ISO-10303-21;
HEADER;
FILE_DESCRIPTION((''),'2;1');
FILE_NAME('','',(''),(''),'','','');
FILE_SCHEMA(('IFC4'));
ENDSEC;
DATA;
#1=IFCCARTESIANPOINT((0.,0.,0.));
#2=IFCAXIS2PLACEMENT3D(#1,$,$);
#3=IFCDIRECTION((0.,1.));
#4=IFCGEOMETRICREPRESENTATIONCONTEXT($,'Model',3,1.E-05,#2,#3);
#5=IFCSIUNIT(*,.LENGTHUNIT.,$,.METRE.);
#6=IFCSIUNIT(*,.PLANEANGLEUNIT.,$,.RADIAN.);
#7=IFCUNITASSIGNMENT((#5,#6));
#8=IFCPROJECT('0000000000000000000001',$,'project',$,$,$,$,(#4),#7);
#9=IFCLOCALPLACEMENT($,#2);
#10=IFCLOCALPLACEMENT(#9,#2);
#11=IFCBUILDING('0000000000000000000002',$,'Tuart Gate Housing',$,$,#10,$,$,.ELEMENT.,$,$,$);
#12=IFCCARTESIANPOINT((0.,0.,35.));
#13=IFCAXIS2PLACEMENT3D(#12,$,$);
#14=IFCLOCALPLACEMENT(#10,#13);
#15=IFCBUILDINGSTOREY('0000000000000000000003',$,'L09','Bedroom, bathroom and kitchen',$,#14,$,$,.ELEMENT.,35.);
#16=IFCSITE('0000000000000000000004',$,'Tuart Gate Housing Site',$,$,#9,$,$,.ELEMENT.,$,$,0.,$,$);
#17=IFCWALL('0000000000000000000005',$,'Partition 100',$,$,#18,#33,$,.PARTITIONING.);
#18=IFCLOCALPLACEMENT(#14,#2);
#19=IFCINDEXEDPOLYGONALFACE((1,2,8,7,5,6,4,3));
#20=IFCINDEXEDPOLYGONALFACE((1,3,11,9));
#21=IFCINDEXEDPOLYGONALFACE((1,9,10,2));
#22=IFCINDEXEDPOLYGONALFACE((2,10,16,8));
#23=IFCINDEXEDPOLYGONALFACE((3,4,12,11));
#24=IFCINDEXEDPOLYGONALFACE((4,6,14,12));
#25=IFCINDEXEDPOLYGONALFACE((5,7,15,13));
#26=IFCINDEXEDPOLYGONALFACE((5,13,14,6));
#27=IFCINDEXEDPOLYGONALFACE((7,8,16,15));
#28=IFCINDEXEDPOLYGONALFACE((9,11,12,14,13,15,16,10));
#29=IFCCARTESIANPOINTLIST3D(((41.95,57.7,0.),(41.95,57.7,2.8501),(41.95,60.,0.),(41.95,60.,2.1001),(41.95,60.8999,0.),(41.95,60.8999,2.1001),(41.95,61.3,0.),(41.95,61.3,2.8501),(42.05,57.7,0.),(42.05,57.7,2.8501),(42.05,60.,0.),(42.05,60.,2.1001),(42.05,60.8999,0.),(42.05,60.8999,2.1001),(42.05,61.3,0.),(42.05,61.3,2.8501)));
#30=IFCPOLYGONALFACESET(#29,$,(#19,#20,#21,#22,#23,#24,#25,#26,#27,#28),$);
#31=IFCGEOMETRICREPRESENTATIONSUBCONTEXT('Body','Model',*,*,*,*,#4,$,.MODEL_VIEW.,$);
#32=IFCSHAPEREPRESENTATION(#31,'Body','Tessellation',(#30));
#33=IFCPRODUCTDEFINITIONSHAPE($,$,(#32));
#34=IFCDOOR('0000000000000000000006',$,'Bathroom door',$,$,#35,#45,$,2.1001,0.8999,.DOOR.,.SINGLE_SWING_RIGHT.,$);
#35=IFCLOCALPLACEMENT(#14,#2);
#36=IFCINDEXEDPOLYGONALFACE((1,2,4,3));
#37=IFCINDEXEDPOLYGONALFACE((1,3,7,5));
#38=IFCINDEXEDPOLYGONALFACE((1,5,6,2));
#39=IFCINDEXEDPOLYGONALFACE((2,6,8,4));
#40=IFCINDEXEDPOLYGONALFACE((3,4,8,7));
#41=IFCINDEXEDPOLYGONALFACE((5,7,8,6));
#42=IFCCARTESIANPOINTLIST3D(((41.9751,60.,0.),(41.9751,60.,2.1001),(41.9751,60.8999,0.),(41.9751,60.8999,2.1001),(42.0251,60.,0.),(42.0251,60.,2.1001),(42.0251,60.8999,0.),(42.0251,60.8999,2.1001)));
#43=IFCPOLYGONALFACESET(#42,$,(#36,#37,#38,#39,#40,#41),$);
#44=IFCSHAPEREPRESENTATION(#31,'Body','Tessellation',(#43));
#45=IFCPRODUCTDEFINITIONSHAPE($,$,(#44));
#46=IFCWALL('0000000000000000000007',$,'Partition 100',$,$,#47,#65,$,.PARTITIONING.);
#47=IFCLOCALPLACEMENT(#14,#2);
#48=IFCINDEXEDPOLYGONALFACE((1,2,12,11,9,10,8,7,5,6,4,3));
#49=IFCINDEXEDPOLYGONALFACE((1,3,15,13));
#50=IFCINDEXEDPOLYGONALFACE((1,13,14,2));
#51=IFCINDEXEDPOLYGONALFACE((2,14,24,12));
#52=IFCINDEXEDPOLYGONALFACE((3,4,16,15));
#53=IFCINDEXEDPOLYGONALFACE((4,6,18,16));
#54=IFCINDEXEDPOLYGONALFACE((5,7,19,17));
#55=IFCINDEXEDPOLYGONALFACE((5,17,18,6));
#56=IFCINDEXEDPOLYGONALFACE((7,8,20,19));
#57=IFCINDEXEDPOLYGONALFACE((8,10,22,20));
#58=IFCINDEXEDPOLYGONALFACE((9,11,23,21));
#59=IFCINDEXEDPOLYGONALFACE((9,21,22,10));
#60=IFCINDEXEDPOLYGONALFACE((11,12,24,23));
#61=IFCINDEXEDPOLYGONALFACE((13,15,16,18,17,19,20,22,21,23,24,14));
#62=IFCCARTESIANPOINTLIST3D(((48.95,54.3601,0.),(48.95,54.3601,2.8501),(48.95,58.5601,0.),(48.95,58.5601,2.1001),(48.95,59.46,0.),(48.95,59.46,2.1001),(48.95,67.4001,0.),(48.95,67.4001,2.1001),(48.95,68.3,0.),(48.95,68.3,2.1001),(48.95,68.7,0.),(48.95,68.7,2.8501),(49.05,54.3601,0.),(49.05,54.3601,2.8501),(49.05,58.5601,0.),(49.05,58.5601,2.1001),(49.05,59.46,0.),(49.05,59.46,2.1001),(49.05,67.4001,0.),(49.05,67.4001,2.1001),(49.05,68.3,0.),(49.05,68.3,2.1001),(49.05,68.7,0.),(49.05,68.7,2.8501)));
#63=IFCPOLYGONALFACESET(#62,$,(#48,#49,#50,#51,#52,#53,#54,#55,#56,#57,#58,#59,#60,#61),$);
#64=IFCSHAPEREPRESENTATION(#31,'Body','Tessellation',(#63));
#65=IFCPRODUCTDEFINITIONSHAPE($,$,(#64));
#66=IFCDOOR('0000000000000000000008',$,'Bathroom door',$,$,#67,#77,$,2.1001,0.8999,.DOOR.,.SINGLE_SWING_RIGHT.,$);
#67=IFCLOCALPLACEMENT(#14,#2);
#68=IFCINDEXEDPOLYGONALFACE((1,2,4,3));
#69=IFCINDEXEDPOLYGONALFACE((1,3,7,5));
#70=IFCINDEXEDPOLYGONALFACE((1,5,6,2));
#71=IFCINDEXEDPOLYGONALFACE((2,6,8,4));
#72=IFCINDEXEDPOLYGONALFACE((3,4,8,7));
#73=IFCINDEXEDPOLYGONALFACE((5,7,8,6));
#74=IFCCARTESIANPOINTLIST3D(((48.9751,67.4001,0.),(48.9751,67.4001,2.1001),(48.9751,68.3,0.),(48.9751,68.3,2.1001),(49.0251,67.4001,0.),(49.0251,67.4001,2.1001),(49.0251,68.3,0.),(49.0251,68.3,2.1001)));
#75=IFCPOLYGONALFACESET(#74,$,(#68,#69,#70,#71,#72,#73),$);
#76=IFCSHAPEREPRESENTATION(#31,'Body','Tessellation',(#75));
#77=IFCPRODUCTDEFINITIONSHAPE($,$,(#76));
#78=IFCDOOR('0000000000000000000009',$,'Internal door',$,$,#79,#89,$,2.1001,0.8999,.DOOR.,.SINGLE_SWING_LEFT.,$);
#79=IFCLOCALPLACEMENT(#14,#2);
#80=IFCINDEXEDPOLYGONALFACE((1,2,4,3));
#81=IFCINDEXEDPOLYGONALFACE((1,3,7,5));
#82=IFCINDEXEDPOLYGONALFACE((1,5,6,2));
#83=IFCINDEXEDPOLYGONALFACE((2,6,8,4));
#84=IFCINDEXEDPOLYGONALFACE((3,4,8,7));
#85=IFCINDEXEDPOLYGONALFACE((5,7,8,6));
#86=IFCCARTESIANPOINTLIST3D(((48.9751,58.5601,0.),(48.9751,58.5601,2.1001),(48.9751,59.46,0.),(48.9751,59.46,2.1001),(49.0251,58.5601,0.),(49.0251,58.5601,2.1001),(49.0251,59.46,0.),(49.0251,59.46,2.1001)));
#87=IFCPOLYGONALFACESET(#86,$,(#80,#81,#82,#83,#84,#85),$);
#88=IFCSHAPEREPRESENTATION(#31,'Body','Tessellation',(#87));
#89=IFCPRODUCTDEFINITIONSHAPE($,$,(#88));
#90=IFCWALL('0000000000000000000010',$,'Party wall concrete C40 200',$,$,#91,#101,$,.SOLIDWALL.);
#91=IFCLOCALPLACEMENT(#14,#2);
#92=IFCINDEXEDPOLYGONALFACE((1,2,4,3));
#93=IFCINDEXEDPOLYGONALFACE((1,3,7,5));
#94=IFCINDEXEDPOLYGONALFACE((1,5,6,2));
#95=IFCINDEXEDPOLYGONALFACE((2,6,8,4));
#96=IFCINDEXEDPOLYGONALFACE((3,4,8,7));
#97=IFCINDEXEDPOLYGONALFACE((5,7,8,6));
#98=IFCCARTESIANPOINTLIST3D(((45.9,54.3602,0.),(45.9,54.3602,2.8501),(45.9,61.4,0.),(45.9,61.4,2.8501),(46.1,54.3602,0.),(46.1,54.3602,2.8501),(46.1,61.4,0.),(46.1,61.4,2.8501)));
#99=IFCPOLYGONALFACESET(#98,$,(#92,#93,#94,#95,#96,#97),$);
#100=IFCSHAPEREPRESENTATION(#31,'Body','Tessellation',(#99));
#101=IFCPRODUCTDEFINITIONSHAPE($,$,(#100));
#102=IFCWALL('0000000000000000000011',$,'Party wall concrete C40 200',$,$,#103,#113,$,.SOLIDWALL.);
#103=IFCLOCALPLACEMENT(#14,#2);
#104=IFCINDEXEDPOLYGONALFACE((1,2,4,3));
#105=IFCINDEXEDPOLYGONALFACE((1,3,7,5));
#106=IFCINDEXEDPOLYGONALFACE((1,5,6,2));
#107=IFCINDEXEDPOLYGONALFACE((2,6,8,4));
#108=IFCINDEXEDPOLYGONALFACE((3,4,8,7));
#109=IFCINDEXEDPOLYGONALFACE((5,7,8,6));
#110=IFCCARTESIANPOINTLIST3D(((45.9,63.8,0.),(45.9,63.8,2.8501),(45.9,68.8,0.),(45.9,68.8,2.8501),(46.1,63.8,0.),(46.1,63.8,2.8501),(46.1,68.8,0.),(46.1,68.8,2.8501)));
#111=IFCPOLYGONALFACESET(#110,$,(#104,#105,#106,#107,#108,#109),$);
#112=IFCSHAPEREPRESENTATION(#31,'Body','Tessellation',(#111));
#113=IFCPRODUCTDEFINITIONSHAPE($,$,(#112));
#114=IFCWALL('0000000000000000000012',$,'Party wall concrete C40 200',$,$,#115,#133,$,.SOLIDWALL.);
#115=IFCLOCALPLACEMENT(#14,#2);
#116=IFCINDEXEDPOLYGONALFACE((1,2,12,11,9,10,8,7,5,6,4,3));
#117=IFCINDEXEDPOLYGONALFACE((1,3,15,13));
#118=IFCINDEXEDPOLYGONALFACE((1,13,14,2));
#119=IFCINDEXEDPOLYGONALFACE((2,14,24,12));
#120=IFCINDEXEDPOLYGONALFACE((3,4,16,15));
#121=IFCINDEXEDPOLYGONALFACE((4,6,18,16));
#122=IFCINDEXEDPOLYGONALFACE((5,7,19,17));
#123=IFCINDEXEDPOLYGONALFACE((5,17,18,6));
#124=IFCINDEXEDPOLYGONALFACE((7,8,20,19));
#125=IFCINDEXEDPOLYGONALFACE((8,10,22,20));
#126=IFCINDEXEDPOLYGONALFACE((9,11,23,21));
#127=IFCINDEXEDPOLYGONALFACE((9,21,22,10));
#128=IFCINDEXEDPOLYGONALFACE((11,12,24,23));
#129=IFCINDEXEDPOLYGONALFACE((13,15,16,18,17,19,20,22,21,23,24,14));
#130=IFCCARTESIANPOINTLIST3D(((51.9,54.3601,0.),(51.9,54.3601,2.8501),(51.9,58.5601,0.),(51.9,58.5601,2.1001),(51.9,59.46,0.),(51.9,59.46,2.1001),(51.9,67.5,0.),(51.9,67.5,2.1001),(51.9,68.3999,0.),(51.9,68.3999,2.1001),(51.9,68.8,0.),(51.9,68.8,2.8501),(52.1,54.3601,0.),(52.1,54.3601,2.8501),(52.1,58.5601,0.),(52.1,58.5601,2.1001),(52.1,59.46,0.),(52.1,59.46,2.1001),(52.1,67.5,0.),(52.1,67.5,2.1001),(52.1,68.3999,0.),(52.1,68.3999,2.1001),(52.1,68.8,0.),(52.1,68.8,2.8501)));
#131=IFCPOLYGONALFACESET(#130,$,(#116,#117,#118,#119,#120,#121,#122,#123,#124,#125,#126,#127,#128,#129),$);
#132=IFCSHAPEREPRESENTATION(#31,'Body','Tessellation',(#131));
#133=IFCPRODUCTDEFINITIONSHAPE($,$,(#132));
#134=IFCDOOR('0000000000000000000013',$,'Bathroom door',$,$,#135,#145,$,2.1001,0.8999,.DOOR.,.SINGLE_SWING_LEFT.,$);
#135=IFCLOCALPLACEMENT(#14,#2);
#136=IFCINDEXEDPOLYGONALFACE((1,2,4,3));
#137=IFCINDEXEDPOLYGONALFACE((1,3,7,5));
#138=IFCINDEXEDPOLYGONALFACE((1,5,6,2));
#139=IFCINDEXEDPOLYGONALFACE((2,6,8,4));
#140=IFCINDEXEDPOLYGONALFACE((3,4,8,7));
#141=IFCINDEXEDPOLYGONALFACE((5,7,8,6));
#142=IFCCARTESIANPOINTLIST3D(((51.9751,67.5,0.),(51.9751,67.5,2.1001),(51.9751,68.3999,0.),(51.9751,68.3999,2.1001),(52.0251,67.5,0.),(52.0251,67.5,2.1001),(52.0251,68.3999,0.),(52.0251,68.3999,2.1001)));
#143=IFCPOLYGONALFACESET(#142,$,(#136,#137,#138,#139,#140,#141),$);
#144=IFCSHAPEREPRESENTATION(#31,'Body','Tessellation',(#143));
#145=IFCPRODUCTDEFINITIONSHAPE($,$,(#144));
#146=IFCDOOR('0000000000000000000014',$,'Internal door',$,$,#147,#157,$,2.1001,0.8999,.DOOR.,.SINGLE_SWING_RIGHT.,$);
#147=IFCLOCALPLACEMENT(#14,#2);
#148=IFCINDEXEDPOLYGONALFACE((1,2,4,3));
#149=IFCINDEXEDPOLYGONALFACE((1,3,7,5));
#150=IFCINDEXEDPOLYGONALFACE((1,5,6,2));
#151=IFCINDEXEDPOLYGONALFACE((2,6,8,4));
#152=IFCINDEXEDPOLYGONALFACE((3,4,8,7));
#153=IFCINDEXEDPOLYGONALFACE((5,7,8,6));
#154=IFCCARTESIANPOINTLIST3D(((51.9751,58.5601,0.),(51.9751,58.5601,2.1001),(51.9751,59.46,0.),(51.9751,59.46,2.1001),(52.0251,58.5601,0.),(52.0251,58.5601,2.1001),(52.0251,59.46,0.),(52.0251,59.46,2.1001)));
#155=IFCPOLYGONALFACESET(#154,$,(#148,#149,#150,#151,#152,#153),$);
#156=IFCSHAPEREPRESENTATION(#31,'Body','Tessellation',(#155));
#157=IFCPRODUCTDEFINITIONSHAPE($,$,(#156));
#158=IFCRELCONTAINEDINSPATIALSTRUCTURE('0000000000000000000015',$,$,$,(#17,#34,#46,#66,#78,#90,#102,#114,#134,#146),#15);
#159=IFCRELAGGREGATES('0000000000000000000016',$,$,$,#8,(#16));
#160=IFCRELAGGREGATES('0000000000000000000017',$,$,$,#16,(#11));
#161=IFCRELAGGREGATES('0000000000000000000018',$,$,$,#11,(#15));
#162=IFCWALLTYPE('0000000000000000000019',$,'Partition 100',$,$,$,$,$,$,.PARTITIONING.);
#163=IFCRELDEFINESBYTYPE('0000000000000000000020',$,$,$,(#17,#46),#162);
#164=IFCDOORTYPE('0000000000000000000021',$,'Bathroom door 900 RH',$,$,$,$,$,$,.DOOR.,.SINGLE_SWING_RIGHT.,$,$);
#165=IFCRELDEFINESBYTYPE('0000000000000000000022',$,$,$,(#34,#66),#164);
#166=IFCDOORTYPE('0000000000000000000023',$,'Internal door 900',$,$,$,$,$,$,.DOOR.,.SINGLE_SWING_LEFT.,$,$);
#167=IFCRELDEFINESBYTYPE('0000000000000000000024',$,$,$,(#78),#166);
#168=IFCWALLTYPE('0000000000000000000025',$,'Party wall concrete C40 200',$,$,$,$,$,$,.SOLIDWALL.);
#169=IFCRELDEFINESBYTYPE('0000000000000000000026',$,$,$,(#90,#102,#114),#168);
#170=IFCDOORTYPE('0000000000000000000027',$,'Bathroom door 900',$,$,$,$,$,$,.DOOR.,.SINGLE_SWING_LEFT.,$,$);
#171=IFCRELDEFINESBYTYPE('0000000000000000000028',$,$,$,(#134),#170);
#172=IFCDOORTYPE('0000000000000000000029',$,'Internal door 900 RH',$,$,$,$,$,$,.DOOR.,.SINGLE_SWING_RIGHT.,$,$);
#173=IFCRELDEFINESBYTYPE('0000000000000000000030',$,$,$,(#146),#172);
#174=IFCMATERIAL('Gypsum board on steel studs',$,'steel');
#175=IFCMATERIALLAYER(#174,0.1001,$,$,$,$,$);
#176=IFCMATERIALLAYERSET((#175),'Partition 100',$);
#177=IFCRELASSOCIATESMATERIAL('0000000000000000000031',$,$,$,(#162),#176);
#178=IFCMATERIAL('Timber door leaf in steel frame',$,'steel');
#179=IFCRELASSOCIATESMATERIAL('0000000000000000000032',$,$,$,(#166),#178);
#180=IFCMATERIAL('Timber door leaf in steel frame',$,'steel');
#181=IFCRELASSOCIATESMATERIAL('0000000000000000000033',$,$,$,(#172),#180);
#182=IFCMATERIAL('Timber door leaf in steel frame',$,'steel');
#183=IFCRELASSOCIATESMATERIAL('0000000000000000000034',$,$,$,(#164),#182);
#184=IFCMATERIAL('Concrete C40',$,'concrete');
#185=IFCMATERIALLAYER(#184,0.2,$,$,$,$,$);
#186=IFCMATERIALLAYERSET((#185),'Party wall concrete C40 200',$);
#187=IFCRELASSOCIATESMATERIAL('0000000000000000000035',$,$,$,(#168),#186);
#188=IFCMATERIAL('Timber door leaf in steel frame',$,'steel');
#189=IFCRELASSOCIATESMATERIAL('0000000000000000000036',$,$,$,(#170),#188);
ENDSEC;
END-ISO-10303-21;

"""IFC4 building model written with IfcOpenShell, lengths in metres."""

from ifc_helpers import new_model, si_unit, direction, frame, frame_2d, origin, place, context, subcontext, project, spatial, rectangle, extrude, material, layer, layer_set, type_object, element, fill, save


model = new_model("IFC4")

# Units and contexts
model_context = context("Model", 3, precision=1e-05, world=origin(), true_north=direction((0.0, 1.0)))
body_context = subcontext(model_context, "Body", "Model", "MODEL_VIEW")
ifc_project = project(units=[si_unit("LENGTHUNIT", "METRE"), si_unit("PLANEANGLEUNIT", "RADIAN")], contexts=[model_context])

# Site, building, storey
site_placement = place(None, origin())
site = spatial("IfcSite", under=ifc_project, at=site_placement, Name="Tuart Gate Housing Site", CompositionType="ELEMENT", RefElevation=0.0)
building_placement = place(site_placement, origin())
building = spatial("IfcBuilding", under=site, at=building_placement, Name="Tuart Gate Housing", CompositionType="ELEMENT")
storey_placement = place(building_placement, frame((0.0, 0.0, 35.0)))
storey = spatial("IfcBuildingStorey", under=building, at=storey_placement, Name="L09", Description="Bedroom, bathroom and kitchen", CompositionType="ELEMENT", Elevation=35.0)

# Shared definitions
ifc_material_1 = material(Name="Gypsum board on steel studs", Category="steel")
ifc_layer_1 = layer(ifc_material_1, 0.1001)
ifc_layer_set_1 = layer_set([ifc_layer_1], Name="Partition 100")
wall_type_1 = type_object("IfcWallType", Name="Partition 100", PredefinedType="PARTITIONING", material=ifc_layer_set_1)
ifc_material_2 = material(Name="Timber door leaf in steel frame", Category="steel")
door_type_1 = type_object("IfcDoorType", Name="Internal door 900", OperationType="SINGLE_SWING_LEFT", PredefinedType="DOOR", material=ifc_material_2)
ifc_material_3 = material(Name="Timber door leaf in steel frame", Category="steel")
door_type_2 = type_object("IfcDoorType", Name="Internal door 900 RH", OperationType="SINGLE_SWING_RIGHT", PredefinedType="DOOR", material=ifc_material_3)

# Wall, opening, door
wall_1_placement = place(storey_placement, frame((42.0, 57.7, 0.0), z_axis=(0.0, 0.0, 1.0), x_axis=(0.0, 1.0, 0.0)))
wall_1 = element("IfcWall", 1, at=wall_1_placement, inside=storey, type_object=wall_type_1, Name="Partition 100", PredefinedType="PARTITIONING", context=body_context, shape_type="SweptSolid", body=[
    extrude(rectangle(XDim=3.6001, YDim=0.1001, at=frame_2d((1.8, 0.0))), origin(), (0.0, 0.0, 1.0), 2.8501),
])
opening_1_placement = place(wall_1_placement, frame((2.3, 0.0, 0.0)))
opening_1 = element("IfcOpeningElement", 2, at=opening_1_placement, cuts=wall_1, PredefinedType="OPENING", context=body_context, shape_type="SweptSolid", body=[
    extrude(rectangle(XDim=0.8999, YDim=2.1001, at=frame_2d((0.45, 1.05))), frame((0.0, 0.0601, 0.0), z_axis=(0.0, -1.0, 0.0), x_axis=(1.0, 0.0, 0.0)), (0.0, 0.0, 1.0), 0.1201),
])
ifc_material_4 = material(Name="Timber door leaf in steel frame", Category="steel")
door_type_3 = type_object("IfcDoorType", Name="Bathroom door 900 RH", OperationType="SINGLE_SWING_RIGHT", PredefinedType="DOOR", material=ifc_material_4)
door_1_placement = place(opening_1_placement, origin())
door_1 = element("IfcDoor", 3, at=door_1_placement, inside=storey, type_object=door_type_3, Name="Bathroom door", OperationType="SINGLE_SWING_RIGHT", OverallHeight=2.1001, OverallWidth=0.8999, PredefinedType="DOOR", context=body_context, shape_type="SweptSolid", body=[
    extrude(rectangle(XDim=0.8999, YDim=2.1001, at=frame_2d((0.45, 1.05))), frame((0.0, 0.0249, 0.0), z_axis=(0.0, -1.0, 0.0), x_axis=(1.0, 0.0, 0.0)), (0.0, 0.0, 1.0), 0.05),
])
fill(opening_1, door_1)

# Wall, openings, doors
wall_2_placement = place(storey_placement, frame((49.0, 54.3601, 0.0), z_axis=(0.0, 0.0, 1.0), x_axis=(0.0, 1.0, 0.0)))
wall_2 = element("IfcWall", 4, at=wall_2_placement, inside=storey, type_object=wall_type_1, Name="Partition 100", PredefinedType="PARTITIONING", context=body_context, shape_type="SweptSolid", body=[
    extrude(rectangle(XDim=14.3398, YDim=0.1001, at=frame_2d((7.1699, 0.0))), origin(), (0.0, 0.0, 1.0), 2.8501),
])
opening_2_placement = place(wall_2_placement, frame((4.2, 0.0, 0.0)))
opening_2 = element("IfcOpeningElement", 5, at=opening_2_placement, cuts=wall_2, PredefinedType="OPENING", context=body_context, shape_type="SweptSolid", body=[
    extrude(rectangle(XDim=0.8999, YDim=2.1001, at=frame_2d((0.45, 1.05))), frame((0.0, 0.0601, 0.0), z_axis=(0.0, -1.0, 0.0), x_axis=(1.0, 0.0, 0.0)), (0.0, 0.0, 1.0), 0.1201),
])
opening_3_placement = place(wall_2_placement, frame((13.04, 0.0, 0.0)))
opening_3 = element("IfcOpeningElement", 6, at=opening_3_placement, cuts=wall_2, PredefinedType="OPENING", context=body_context, shape_type="SweptSolid", body=[
    extrude(rectangle(XDim=0.8999, YDim=2.1001, at=frame_2d((0.45, 1.05))), frame((0.0, 0.0601, 0.0), z_axis=(0.0, -1.0, 0.0), x_axis=(1.0, 0.0, 0.0)), (0.0, 0.0, 1.0), 0.1201),
])
door_2_placement = place(opening_3_placement, origin())
door_2 = element("IfcDoor", 7, at=door_2_placement, inside=storey, type_object=door_type_3, Name="Bathroom door", OperationType="SINGLE_SWING_RIGHT", OverallHeight=2.1001, OverallWidth=0.8999, PredefinedType="DOOR", context=body_context, shape_type="SweptSolid", body=[
    extrude(rectangle(XDim=0.8999, YDim=2.1001, at=frame_2d((0.45, 1.05))), frame((0.0, 0.0249, 0.0), z_axis=(0.0, -1.0, 0.0), x_axis=(1.0, 0.0, 0.0)), (0.0, 0.0, 1.0), 0.05),
])
fill(opening_3, door_2)
door_3_placement = place(opening_2_placement, origin())
door_3 = element("IfcDoor", 8, at=door_3_placement, inside=storey, type_object=door_type_1, Name="Internal door", OperationType="SINGLE_SWING_LEFT", OverallHeight=2.1001, OverallWidth=0.8999, PredefinedType="DOOR", context=body_context, shape_type="SweptSolid", body=[
    extrude(rectangle(XDim=0.8999, YDim=2.1001, at=frame_2d((0.45, 1.05))), frame((0.0, 0.0249, 0.0), z_axis=(0.0, -1.0, 0.0), x_axis=(1.0, 0.0, 0.0)), (0.0, 0.0, 1.0), 0.05),
])
fill(opening_2, door_3)

# Walls
ifc_material_5 = material(Name="Concrete C40", Category="concrete")
ifc_layer_2 = layer(ifc_material_5, 0.2)
ifc_layer_set_2 = layer_set([ifc_layer_2], Name="Party wall concrete C40 200")
wall_type_2 = type_object("IfcWallType", Name="Party wall concrete C40 200", PredefinedType="SOLIDWALL", material=ifc_layer_set_2)
wall_3_placement = place(storey_placement, frame((46.0, 54.3601, 0.0), z_axis=(0.0, 0.0, 1.0), x_axis=(0.0, 1.0, 0.0)))
element("IfcWall", 9, at=wall_3_placement, inside=storey, type_object=wall_type_2, Name="Party wall concrete C40 200", PredefinedType="SOLIDWALL", context=body_context, shape_type="SweptSolid", body=[
    extrude(rectangle(XDim=7.0398, YDim=0.2, at=frame_2d((3.52, 0.0))), origin(), (0.0, 0.0, 1.0), 2.8501),
])
wall_4_placement = place(storey_placement, frame((46.0, 63.8, 0.0), z_axis=(0.0, 0.0, 1.0), x_axis=(0.0, 1.0, 0.0)))
element("IfcWall", 10, at=wall_4_placement, inside=storey, type_object=wall_type_2, Name="Party wall concrete C40 200", PredefinedType="SOLIDWALL", context=body_context, shape_type="SweptSolid", body=[
    extrude(rectangle(XDim=5.0, YDim=0.2, at=frame_2d((2.5, 0.0))), origin(), (0.0, 0.0, 1.0), 2.8501),
])

# Wall, openings, doors
wall_5_placement = place(storey_placement, frame((52.0, 54.3601, 0.0), z_axis=(0.0, 0.0, 1.0), x_axis=(0.0, 1.0, 0.0)))
wall_5 = element("IfcWall", 11, at=wall_5_placement, inside=storey, type_object=wall_type_2, Name="Party wall concrete C40 200", PredefinedType="SOLIDWALL", context=body_context, shape_type="SweptSolid", body=[
    extrude(rectangle(XDim=14.4399, YDim=0.2, at=frame_2d((7.22, 0.0))), origin(), (0.0, 0.0, 1.0), 2.8501),
])
opening_4_placement = place(wall_5_placement, frame((4.2, 0.0, 0.0)))
opening_4 = element("IfcOpeningElement", 12, at=opening_4_placement, cuts=wall_5, PredefinedType="OPENING", context=body_context, shape_type="SweptSolid", body=[
    extrude(rectangle(XDim=0.8999, YDim=2.1001, at=frame_2d((0.45, 1.05))), frame((0.0, 0.1099, 0.0), z_axis=(0.0, -1.0, 0.0), x_axis=(1.0, 0.0, 0.0)), (0.0, 0.0, 1.0), 0.22),
])
opening_5_placement = place(wall_5_placement, frame((13.1399, 0.0, 0.0)))
opening_5 = element("IfcOpeningElement", 13, at=opening_5_placement, cuts=wall_5, PredefinedType="OPENING", context=body_context, shape_type="SweptSolid", body=[
    extrude(rectangle(XDim=0.8999, YDim=2.1001, at=frame_2d((0.45, 1.05))), frame((0.0, 0.1099, 0.0), z_axis=(0.0, -1.0, 0.0), x_axis=(1.0, 0.0, 0.0)), (0.0, 0.0, 1.0), 0.22),
])
ifc_material_6 = material(Name="Timber door leaf in steel frame", Category="steel")
door_type_4 = type_object("IfcDoorType", Name="Bathroom door 900", OperationType="SINGLE_SWING_LEFT", PredefinedType="DOOR", material=ifc_material_6)
door_4_placement = place(opening_5_placement, frame((0.8999, 0.0, 0.0), z_axis=(0.0, 0.0, 1.0), x_axis=(-1.0, 0.0, 0.0)))
door_4 = element("IfcDoor", 14, at=door_4_placement, inside=storey, type_object=door_type_4, Name="Bathroom door", OperationType="SINGLE_SWING_LEFT", OverallHeight=2.1001, OverallWidth=0.8999, PredefinedType="DOOR", context=body_context, shape_type="SweptSolid", body=[
    extrude(rectangle(XDim=0.8999, YDim=2.1001, at=frame_2d((0.45, 1.05))), frame((0.0, 0.0251, 0.0), z_axis=(0.0, -1.0, 0.0), x_axis=(1.0, 0.0, 0.0)), (0.0, 0.0, 1.0), 0.05),
])
fill(opening_5, door_4)
door_5_placement = place(opening_4_placement, frame((0.8999, 0.0, 0.0), z_axis=(0.0, 0.0, 1.0), x_axis=(-1.0, 0.0, 0.0)))
door_5 = element("IfcDoor", 15, at=door_5_placement, inside=storey, type_object=door_type_2, Name="Internal door", OperationType="SINGLE_SWING_RIGHT", OverallHeight=2.1001, OverallWidth=0.8999, PredefinedType="DOOR", context=body_context, shape_type="SweptSolid", body=[
    extrude(rectangle(XDim=0.8999, YDim=2.1001, at=frame_2d((0.45, 1.05))), frame((0.0, 0.0251, 0.0), z_axis=(0.0, -1.0, 0.0), x_axis=(1.0, 0.0, 0.0)), (0.0, 0.0, 1.0), 0.05),
])
fill(opening_4, door_5)

save(model, "model.ifc")
